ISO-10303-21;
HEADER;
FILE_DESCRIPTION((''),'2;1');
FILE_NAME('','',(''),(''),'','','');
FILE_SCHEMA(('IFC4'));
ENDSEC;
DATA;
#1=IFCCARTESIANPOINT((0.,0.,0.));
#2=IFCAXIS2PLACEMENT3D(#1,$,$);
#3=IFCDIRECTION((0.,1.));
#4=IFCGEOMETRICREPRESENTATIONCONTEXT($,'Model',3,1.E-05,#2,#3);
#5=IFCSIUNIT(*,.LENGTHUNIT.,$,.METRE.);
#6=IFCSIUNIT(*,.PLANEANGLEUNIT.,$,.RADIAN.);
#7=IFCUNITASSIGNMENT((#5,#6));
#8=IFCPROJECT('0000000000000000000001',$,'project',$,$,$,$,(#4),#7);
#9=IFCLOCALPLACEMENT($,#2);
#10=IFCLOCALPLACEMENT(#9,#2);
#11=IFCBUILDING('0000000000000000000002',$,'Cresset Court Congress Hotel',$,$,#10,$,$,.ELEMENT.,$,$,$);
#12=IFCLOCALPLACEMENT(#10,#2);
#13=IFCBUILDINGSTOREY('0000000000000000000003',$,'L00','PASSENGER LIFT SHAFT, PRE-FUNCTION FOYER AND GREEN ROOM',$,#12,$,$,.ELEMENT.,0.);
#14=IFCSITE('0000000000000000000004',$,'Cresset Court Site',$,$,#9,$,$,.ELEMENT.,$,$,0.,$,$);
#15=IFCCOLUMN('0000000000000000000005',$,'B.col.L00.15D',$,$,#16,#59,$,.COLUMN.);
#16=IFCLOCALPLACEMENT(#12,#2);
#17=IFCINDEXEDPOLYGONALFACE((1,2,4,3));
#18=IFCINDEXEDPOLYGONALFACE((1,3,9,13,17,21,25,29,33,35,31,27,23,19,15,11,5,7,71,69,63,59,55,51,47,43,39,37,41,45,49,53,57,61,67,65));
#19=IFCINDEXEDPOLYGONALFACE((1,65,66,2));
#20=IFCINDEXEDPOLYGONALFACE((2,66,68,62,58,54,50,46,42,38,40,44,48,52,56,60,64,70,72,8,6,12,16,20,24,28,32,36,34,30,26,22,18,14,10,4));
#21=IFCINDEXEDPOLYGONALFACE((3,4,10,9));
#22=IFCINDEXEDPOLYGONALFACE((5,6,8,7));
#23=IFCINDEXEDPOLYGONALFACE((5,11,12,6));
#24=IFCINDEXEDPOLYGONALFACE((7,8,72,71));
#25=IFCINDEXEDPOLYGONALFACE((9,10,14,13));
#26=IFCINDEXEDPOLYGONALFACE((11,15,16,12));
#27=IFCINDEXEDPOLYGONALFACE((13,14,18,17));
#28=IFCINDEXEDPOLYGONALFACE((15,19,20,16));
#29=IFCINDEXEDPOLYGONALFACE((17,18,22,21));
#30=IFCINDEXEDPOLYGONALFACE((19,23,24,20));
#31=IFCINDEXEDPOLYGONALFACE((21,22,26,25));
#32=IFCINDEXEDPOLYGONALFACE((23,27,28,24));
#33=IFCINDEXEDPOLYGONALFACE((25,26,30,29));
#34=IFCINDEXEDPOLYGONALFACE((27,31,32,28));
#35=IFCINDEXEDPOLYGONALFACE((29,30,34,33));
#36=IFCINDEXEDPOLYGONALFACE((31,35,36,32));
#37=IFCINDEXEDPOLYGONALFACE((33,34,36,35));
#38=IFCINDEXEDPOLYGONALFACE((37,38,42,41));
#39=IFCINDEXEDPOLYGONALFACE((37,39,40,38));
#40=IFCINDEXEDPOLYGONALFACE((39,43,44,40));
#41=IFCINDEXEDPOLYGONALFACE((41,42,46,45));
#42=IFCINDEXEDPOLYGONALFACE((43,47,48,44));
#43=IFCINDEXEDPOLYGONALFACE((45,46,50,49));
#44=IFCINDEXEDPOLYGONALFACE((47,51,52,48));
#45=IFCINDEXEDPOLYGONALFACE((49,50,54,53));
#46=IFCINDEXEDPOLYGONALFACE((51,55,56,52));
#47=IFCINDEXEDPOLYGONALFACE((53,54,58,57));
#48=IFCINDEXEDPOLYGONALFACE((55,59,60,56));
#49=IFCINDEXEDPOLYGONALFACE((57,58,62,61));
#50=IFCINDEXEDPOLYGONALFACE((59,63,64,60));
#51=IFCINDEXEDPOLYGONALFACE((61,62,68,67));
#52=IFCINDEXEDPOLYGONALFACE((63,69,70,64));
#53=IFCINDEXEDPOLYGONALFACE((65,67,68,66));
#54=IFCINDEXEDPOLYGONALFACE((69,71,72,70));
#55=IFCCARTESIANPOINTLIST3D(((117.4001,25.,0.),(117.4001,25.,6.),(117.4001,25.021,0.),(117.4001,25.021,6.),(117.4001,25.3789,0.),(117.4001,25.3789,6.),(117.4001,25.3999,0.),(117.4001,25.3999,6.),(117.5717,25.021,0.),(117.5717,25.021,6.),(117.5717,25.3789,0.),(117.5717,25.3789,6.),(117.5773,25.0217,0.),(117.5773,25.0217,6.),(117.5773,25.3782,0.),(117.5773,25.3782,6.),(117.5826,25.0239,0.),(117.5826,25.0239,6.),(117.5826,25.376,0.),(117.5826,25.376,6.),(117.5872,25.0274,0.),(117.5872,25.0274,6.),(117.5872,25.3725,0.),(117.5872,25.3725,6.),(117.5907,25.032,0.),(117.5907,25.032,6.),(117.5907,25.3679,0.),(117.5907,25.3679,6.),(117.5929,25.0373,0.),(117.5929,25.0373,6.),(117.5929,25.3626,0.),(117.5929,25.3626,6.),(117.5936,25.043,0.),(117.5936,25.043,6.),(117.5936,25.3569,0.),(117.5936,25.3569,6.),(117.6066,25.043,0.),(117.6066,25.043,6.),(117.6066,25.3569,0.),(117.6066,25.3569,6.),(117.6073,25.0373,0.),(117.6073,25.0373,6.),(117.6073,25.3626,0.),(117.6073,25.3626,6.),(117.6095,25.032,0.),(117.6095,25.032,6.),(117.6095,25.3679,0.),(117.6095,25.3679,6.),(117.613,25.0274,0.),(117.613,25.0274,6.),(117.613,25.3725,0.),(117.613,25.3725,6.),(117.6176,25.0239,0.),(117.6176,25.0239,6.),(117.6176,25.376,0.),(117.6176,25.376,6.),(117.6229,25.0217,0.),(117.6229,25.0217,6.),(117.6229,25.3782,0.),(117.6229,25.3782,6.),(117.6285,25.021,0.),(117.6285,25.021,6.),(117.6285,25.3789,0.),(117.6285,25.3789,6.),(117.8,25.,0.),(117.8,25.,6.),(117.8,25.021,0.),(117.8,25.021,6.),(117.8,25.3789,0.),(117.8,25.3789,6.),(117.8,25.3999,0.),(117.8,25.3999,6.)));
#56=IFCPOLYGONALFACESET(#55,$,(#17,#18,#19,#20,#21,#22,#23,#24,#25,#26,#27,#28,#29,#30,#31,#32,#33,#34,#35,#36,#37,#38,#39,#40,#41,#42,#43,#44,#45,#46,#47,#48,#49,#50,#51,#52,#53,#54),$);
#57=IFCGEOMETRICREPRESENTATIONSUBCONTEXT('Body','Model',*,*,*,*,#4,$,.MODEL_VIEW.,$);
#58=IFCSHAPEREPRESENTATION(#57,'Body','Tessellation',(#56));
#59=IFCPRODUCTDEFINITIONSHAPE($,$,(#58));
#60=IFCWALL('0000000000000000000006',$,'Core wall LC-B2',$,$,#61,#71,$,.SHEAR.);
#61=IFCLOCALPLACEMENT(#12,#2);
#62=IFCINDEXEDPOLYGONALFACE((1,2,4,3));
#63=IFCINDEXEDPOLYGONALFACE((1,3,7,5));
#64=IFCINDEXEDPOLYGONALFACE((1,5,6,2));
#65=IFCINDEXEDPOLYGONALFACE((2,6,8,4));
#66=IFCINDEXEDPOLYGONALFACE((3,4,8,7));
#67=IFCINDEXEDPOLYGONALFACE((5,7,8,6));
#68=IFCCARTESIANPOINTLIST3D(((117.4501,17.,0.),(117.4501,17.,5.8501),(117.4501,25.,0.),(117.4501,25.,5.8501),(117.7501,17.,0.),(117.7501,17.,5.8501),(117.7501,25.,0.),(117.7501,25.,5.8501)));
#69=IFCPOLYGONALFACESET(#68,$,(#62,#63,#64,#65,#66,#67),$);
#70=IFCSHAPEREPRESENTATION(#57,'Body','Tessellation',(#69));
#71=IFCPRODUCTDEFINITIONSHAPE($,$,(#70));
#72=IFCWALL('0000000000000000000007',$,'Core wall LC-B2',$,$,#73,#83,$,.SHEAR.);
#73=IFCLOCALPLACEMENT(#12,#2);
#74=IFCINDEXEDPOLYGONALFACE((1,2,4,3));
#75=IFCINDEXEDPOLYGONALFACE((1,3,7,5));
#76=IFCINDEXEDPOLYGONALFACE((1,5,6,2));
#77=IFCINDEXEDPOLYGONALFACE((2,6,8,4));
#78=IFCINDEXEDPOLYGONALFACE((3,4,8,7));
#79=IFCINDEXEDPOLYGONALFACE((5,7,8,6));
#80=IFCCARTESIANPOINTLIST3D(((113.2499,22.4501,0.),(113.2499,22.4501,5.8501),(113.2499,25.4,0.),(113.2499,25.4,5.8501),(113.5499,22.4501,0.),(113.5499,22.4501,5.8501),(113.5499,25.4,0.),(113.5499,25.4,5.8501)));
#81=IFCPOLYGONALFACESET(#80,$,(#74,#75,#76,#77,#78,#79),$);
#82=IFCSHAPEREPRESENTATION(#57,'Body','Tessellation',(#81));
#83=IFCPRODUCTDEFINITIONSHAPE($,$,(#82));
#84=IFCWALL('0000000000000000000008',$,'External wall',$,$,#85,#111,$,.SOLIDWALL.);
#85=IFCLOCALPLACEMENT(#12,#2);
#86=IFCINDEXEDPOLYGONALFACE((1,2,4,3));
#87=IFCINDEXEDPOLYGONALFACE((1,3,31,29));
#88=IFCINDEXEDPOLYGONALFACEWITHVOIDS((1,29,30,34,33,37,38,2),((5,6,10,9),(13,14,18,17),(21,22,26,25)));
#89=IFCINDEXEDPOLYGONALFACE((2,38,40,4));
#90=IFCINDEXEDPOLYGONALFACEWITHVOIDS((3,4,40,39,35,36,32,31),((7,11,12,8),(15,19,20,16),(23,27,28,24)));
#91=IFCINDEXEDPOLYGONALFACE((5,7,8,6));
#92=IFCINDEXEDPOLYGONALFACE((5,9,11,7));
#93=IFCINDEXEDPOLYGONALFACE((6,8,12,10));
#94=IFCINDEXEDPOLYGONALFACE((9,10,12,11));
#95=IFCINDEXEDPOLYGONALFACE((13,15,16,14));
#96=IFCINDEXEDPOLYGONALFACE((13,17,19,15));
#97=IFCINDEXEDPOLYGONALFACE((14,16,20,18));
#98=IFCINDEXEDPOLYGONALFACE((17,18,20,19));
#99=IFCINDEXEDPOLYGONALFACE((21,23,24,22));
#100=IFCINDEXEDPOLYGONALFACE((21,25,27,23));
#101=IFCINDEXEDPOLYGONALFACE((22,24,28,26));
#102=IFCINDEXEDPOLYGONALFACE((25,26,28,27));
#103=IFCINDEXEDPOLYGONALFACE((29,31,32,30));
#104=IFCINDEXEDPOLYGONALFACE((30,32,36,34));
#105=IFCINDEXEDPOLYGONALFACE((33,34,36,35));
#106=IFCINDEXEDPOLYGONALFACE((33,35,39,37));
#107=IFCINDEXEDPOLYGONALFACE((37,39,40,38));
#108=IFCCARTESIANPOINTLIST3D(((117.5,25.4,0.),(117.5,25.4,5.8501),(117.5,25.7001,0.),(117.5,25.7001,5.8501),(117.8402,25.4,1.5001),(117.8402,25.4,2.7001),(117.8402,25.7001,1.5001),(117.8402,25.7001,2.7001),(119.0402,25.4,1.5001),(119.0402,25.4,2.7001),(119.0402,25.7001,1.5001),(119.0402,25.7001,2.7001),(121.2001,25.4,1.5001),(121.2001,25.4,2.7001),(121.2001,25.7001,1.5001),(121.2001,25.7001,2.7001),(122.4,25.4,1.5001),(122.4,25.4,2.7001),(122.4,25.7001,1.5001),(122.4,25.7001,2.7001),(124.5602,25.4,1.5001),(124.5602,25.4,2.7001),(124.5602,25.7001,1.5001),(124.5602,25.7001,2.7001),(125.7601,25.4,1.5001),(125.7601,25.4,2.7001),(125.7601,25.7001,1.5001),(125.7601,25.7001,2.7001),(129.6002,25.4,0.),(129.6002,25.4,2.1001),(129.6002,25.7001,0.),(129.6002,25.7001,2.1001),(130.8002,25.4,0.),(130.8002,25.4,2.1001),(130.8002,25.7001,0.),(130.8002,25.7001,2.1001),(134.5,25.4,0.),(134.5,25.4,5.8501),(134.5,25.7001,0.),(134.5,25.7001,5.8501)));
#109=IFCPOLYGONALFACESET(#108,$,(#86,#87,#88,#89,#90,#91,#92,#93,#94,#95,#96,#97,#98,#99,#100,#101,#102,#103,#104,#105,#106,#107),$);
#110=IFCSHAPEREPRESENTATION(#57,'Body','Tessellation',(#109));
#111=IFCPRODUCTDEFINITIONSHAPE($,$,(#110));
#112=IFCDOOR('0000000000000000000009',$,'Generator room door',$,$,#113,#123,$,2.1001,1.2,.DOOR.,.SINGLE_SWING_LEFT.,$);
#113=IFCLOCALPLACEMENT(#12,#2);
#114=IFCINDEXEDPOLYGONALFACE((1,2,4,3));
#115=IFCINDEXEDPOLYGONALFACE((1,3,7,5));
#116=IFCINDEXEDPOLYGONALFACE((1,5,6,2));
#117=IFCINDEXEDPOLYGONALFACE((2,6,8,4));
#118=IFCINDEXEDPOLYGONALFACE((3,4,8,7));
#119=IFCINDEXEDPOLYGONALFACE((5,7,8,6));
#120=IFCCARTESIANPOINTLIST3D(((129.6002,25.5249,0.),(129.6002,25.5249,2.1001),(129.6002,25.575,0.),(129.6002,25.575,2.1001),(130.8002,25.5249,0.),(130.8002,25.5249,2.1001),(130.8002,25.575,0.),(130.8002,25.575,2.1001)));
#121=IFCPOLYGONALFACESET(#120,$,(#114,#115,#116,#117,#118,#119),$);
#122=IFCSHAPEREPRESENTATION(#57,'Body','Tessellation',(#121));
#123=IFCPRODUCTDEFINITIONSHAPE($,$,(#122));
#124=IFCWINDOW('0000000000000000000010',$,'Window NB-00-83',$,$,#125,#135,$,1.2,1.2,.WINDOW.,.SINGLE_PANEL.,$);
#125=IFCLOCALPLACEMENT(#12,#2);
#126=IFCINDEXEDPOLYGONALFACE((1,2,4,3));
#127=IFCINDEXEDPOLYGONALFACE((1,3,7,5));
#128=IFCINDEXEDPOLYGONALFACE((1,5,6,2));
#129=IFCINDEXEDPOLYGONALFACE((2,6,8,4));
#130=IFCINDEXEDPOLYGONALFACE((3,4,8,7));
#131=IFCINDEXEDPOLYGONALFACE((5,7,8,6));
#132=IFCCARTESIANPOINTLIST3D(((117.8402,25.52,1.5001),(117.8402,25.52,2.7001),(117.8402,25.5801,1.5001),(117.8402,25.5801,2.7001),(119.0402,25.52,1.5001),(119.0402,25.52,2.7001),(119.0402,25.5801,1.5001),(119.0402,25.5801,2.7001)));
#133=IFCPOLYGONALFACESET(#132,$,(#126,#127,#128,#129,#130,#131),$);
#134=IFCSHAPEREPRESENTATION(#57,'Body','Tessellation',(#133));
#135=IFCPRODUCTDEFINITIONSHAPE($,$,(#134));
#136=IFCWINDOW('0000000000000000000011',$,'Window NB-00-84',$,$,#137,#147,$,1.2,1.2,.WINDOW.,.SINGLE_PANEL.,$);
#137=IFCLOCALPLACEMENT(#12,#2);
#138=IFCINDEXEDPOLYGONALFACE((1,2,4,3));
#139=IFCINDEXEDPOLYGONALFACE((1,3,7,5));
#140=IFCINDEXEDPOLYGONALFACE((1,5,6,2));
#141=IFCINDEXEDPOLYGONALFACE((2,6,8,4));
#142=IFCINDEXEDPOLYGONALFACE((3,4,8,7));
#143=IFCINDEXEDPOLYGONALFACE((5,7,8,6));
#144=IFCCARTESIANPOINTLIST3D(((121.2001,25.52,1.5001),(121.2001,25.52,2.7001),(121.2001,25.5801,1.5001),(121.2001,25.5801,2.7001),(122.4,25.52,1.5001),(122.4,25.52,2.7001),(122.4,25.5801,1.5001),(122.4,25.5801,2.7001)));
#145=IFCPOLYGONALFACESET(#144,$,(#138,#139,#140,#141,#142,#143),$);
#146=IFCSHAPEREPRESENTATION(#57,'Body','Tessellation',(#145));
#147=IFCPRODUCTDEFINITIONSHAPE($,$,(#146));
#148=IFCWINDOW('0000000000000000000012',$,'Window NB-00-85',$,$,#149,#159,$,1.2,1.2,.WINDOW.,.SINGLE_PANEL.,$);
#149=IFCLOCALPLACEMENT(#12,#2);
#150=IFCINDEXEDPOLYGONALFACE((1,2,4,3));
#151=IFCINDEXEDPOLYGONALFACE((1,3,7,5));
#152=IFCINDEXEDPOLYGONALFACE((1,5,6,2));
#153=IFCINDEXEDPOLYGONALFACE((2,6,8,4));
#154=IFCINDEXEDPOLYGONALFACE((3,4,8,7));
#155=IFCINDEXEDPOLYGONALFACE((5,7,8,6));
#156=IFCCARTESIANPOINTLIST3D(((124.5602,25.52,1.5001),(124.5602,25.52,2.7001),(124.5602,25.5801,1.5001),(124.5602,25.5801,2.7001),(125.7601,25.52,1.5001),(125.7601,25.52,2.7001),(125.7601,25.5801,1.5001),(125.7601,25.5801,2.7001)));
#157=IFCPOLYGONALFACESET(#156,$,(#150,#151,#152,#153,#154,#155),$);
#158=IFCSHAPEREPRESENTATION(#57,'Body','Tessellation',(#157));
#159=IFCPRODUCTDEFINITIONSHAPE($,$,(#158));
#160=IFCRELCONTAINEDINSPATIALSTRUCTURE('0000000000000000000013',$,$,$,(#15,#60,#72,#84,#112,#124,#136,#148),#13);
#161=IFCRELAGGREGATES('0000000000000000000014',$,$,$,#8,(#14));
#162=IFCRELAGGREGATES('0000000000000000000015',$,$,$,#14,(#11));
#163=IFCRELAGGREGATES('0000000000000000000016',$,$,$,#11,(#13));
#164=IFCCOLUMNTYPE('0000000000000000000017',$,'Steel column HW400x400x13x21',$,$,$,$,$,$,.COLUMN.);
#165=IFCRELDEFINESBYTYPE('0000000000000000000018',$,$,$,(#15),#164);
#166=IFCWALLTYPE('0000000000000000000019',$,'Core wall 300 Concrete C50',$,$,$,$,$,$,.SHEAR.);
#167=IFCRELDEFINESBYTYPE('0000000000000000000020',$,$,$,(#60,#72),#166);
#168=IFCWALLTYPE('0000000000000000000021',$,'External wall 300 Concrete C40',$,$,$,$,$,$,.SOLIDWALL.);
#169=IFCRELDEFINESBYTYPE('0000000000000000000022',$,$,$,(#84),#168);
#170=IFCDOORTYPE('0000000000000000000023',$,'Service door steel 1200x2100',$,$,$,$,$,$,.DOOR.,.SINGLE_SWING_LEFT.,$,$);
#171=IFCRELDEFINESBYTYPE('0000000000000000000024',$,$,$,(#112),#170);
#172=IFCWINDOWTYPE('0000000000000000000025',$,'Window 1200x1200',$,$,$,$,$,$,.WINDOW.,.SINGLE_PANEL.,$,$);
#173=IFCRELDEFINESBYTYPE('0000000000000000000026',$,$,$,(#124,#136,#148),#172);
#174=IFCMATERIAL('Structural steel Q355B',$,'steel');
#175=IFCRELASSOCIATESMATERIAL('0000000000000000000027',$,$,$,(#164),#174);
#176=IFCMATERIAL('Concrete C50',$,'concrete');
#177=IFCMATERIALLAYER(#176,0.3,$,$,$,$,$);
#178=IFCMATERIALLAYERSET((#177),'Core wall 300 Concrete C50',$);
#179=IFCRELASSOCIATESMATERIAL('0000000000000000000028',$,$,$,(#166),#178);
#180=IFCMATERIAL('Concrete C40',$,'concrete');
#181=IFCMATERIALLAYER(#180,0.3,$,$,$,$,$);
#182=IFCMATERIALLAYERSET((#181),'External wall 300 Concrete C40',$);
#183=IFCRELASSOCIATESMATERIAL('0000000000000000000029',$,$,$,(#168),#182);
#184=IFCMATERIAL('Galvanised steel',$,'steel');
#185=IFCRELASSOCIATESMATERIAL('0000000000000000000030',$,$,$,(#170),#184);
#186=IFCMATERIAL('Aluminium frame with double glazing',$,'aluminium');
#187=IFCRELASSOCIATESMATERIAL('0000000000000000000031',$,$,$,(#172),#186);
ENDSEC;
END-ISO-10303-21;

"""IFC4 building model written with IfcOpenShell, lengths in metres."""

from ifc_helpers import new_model, si_unit, direction, frame, frame_2d, origin, origin_2d, place, context, subcontext, project, spatial, rectangle, i_section, extrude, material, layer, layer_set, material_profile, profile_set, type_object, element, fill, save


model = new_model("IFC4")

# Units and contexts
model_context = context("Model", 3, precision=1e-05, world=origin(), true_north=direction((0.0, 1.0)))
body_context = subcontext(model_context, "Body", "Model", "MODEL_VIEW")
ifc_project = project(units=[si_unit("LENGTHUNIT", "METRE"), si_unit("PLANEANGLEUNIT", "RADIAN")], contexts=[model_context])

# Site, building, storey
site_placement = place(None, origin())
site = spatial("IfcSite", under=ifc_project, at=site_placement, Name="Cresset Court Site", CompositionType="ELEMENT", RefElevation=0.0)
building_placement = place(site_placement, origin())
building = spatial("IfcBuilding", under=site, at=building_placement, Name="Cresset Court Congress Hotel", CompositionType="ELEMENT")
storey_placement = place(building_placement, origin())
storey = spatial("IfcBuildingStorey", under=building, at=storey_placement, Name="L00", Description="PASSENGER LIFT SHAFT, PRE-FUNCTION FOYER AND GREEN ROOM", CompositionType="ELEMENT", Elevation=0.0)

# Column
ifc_material_1 = material(Name="Structural steel Q355B", Category="steel")
ifc_material_profile = material_profile(ifc_material_1, i_section(OverallWidth=0.3999, OverallDepth=0.3999, WebThickness=0.0129, FlangeThickness=0.021, FilletRadius=0.022, at=origin_2d()), Name="HW400x400x13x21")
ifc_profile_set = profile_set([ifc_material_profile], Name="Structural steel Q355B")
column_type = type_object("IfcColumnType", Name="Steel column HW400x400x13x21", PredefinedType="COLUMN", material=ifc_profile_set)
column_placement = place(storey_placement, frame((117.6001, 25.2, 0.0), z_axis=(0.0, 0.0, 1.0), x_axis=(1.0, 0.0, 0.0)))
element("IfcColumn", 1, at=column_placement, inside=storey, type_object=column_type, Name="B.col.L00.15D", PredefinedType="COLUMN", context=body_context, shape_type="SweptSolid", body=[
    extrude(i_section(OverallWidth=0.3999, OverallDepth=0.3999, WebThickness=0.0129, FlangeThickness=0.021, FilletRadius=0.022, at=origin_2d()), origin(), (0.0, 0.0, 1.0), 6.0),
])

# Walls
ifc_material_2 = material(Name="Concrete C50", Category="concrete")
ifc_layer_1 = layer(ifc_material_2, 0.3)
ifc_layer_set_1 = layer_set([ifc_layer_1], Name="Core wall 300 Concrete C50")
wall_type_1 = type_object("IfcWallType", Name="Core wall 300 Concrete C50", PredefinedType="SHEAR", material=ifc_layer_set_1)
wall_1_placement = place(storey_placement, frame((117.6001, 17.0, 0.0), z_axis=(0.0, 0.0, 1.0), x_axis=(0.0, 1.0, 0.0)))
element("IfcWall", 2, at=wall_1_placement, inside=storey, type_object=wall_type_1, Name="Core wall LC-B2", PredefinedType="SHEAR", context=body_context, shape_type="SweptSolid", body=[
    extrude(rectangle(XDim=8.0, YDim=0.3, at=frame_2d((4.0, 0.0))), origin(), (0.0, 0.0, 1.0), 5.8501),
])
wall_2_placement = place(storey_placement, frame((113.3999, 22.45, 0.0), z_axis=(0.0, 0.0, 1.0), x_axis=(0.0, 1.0, 0.0)))
element("IfcWall", 3, at=wall_2_placement, inside=storey, type_object=wall_type_1, Name="Core wall LC-B2", PredefinedType="SHEAR", context=body_context, shape_type="SweptSolid", body=[
    extrude(rectangle(XDim=2.95, YDim=0.3, at=frame_2d((1.4751, 0.0))), origin(), (0.0, 0.0, 1.0), 5.8501),
])

# Wall, openings, door, windows
ifc_material_3 = material(Name="Concrete C40", Category="concrete")
ifc_layer_2 = layer(ifc_material_3, 0.3)
ifc_layer_set_2 = layer_set([ifc_layer_2], Name="External wall 300 Concrete C40")
wall_type_2 = type_object("IfcWallType", Name="External wall 300 Concrete C40", PredefinedType="SOLIDWALL", material=ifc_layer_set_2)
wall_3_placement = place(storey_placement, frame((117.5, 25.55, 0.0), z_axis=(0.0, 0.0, 1.0), x_axis=(1.0, 0.0, 0.0)))
wall_3 = element("IfcWall", 4, at=wall_3_placement, inside=storey, type_object=wall_type_2, Name="External wall", PredefinedType="SOLIDWALL", context=body_context, shape_type="SweptSolid", body=[
    extrude(rectangle(XDim=17.0, YDim=0.3, at=frame_2d((8.5, 0.0))), origin(), (0.0, 0.0, 1.0), 5.8501),
])
opening_1_placement = place(wall_3_placement, frame((12.1001, 0.0, 0.0)))
opening_1 = element("IfcOpeningElement", 5, at=opening_1_placement, cuts=wall_3, PredefinedType="OPENING", context=body_context, shape_type="SweptSolid", body=[
    extrude(rectangle(XDim=1.2, YDim=2.1001, at=frame_2d((0.6001, 1.05))), frame((0.0, 0.1599, 0.0), z_axis=(0.0, -1.0, 0.0), x_axis=(1.0, 0.0, 0.0)), (0.0, 0.0, 1.0), 0.3201),
])
opening_2_placement = place(wall_3_placement, frame((0.3401, 0.0, 1.5)))
opening_2 = element("IfcOpeningElement", 6, at=opening_2_placement, cuts=wall_3, PredefinedType="OPENING", context=body_context, shape_type="SweptSolid", body=[
    extrude(rectangle(XDim=1.2, YDim=1.2, at=frame_2d((0.6001, 0.6001))), frame((0.0, 0.1599, 0.0), z_axis=(0.0, -1.0, 0.0), x_axis=(1.0, 0.0, 0.0)), (0.0, 0.0, 1.0), 0.3201),
])
opening_3_placement = place(wall_3_placement, frame((3.7, 0.0, 1.5)))
opening_3 = element("IfcOpeningElement", 7, at=opening_3_placement, cuts=wall_3, PredefinedType="OPENING", context=body_context, shape_type="SweptSolid", body=[
    extrude(rectangle(XDim=1.2, YDim=1.2, at=frame_2d((0.6001, 0.6001))), frame((0.0, 0.1599, 0.0), z_axis=(0.0, -1.0, 0.0), x_axis=(1.0, 0.0, 0.0)), (0.0, 0.0, 1.0), 0.3201),
])
opening_4_placement = place(wall_3_placement, frame((7.0601, 0.0, 1.5)))
opening_4 = element("IfcOpeningElement", 8, at=opening_4_placement, cuts=wall_3, PredefinedType="OPENING", context=body_context, shape_type="SweptSolid", body=[
    extrude(rectangle(XDim=1.2, YDim=1.2, at=frame_2d((0.6001, 0.6001))), frame((0.0, 0.1599, 0.0), z_axis=(0.0, -1.0, 0.0), x_axis=(1.0, 0.0, 0.0)), (0.0, 0.0, 1.0), 0.3201),
])
ifc_material_4 = material(Name="Galvanised steel", Category="steel")
door_type_1 = type_object("IfcDoorType", Name="Service door steel 1200x2100", OperationType="SINGLE_SWING_LEFT", PredefinedType="DOOR", material=ifc_material_4)
door_1_placement = place(opening_1_placement, origin())
door_1 = element("IfcDoor", 9, at=door_1_placement, inside=storey, type_object=door_type_1, Name="Generator room door", OperationType="SINGLE_SWING_LEFT", OverallHeight=2.1001, OverallWidth=1.2, PredefinedType="DOOR", context=body_context, shape_type="SweptSolid", body=[
    extrude(rectangle(XDim=1.2, YDim=2.1001, at=frame_2d((0.6001, 1.05))), frame((0.0, 0.0249, 0.0), z_axis=(0.0, -1.0, 0.0), x_axis=(1.0, 0.0, 0.0)), (0.0, 0.0, 1.0), 0.05),
])
fill(opening_1, door_1)
ifc_material_5 = material(Name="Aluminium frame with double glazing", Category="aluminium")
window_type = type_object("IfcWindowType", Name="Window 1200x1200", PartitioningType="SINGLE_PANEL", PredefinedType="WINDOW", material=ifc_material_5)
window_1_placement = place(opening_2_placement, origin())
window_1 = element("IfcWindow", 10, at=window_1_placement, inside=storey, type_object=window_type, Name="Window NB-00-83", OverallHeight=1.2, OverallWidth=1.2, PartitioningType="SINGLE_PANEL", PredefinedType="WINDOW", context=body_context, shape_type="SweptSolid", body=[
    extrude(rectangle(XDim=1.2, YDim=1.2, at=frame_2d((0.6001, 0.6001))), frame((0.0, 0.03, 0.0), z_axis=(0.0, -1.0, 0.0), x_axis=(1.0, 0.0, 0.0)), (0.0, 0.0, 1.0), 0.0601),
])
fill(opening_2, window_1)
window_2_placement = place(opening_3_placement, origin())
window_2 = element("IfcWindow", 11, at=window_2_placement, inside=storey, type_object=window_type, Name="Window NB-00-84", OverallHeight=1.2, OverallWidth=1.2, PartitioningType="SINGLE_PANEL", PredefinedType="WINDOW", context=body_context, shape_type="SweptSolid", body=[
    extrude(rectangle(XDim=1.2, YDim=1.2, at=frame_2d((0.6001, 0.6001))), frame((0.0, 0.03, 0.0), z_axis=(0.0, -1.0, 0.0), x_axis=(1.0, 0.0, 0.0)), (0.0, 0.0, 1.0), 0.0601),
])
fill(opening_3, window_2)
window_3_placement = place(opening_4_placement, origin())
window_3 = element("IfcWindow", 12, at=window_3_placement, inside=storey, type_object=window_type, Name="Window NB-00-85", OverallHeight=1.2, OverallWidth=1.2, PartitioningType="SINGLE_PANEL", PredefinedType="WINDOW", context=body_context, shape_type="SweptSolid", body=[
    extrude(rectangle(XDim=1.2, YDim=1.2, at=frame_2d((0.6001, 0.6001))), frame((0.0, 0.03, 0.0), z_axis=(0.0, -1.0, 0.0), x_axis=(1.0, 0.0, 0.0)), (0.0, 0.0, 1.0), 0.0601),
])
fill(opening_4, window_3)

save(model, "model.ifc")
